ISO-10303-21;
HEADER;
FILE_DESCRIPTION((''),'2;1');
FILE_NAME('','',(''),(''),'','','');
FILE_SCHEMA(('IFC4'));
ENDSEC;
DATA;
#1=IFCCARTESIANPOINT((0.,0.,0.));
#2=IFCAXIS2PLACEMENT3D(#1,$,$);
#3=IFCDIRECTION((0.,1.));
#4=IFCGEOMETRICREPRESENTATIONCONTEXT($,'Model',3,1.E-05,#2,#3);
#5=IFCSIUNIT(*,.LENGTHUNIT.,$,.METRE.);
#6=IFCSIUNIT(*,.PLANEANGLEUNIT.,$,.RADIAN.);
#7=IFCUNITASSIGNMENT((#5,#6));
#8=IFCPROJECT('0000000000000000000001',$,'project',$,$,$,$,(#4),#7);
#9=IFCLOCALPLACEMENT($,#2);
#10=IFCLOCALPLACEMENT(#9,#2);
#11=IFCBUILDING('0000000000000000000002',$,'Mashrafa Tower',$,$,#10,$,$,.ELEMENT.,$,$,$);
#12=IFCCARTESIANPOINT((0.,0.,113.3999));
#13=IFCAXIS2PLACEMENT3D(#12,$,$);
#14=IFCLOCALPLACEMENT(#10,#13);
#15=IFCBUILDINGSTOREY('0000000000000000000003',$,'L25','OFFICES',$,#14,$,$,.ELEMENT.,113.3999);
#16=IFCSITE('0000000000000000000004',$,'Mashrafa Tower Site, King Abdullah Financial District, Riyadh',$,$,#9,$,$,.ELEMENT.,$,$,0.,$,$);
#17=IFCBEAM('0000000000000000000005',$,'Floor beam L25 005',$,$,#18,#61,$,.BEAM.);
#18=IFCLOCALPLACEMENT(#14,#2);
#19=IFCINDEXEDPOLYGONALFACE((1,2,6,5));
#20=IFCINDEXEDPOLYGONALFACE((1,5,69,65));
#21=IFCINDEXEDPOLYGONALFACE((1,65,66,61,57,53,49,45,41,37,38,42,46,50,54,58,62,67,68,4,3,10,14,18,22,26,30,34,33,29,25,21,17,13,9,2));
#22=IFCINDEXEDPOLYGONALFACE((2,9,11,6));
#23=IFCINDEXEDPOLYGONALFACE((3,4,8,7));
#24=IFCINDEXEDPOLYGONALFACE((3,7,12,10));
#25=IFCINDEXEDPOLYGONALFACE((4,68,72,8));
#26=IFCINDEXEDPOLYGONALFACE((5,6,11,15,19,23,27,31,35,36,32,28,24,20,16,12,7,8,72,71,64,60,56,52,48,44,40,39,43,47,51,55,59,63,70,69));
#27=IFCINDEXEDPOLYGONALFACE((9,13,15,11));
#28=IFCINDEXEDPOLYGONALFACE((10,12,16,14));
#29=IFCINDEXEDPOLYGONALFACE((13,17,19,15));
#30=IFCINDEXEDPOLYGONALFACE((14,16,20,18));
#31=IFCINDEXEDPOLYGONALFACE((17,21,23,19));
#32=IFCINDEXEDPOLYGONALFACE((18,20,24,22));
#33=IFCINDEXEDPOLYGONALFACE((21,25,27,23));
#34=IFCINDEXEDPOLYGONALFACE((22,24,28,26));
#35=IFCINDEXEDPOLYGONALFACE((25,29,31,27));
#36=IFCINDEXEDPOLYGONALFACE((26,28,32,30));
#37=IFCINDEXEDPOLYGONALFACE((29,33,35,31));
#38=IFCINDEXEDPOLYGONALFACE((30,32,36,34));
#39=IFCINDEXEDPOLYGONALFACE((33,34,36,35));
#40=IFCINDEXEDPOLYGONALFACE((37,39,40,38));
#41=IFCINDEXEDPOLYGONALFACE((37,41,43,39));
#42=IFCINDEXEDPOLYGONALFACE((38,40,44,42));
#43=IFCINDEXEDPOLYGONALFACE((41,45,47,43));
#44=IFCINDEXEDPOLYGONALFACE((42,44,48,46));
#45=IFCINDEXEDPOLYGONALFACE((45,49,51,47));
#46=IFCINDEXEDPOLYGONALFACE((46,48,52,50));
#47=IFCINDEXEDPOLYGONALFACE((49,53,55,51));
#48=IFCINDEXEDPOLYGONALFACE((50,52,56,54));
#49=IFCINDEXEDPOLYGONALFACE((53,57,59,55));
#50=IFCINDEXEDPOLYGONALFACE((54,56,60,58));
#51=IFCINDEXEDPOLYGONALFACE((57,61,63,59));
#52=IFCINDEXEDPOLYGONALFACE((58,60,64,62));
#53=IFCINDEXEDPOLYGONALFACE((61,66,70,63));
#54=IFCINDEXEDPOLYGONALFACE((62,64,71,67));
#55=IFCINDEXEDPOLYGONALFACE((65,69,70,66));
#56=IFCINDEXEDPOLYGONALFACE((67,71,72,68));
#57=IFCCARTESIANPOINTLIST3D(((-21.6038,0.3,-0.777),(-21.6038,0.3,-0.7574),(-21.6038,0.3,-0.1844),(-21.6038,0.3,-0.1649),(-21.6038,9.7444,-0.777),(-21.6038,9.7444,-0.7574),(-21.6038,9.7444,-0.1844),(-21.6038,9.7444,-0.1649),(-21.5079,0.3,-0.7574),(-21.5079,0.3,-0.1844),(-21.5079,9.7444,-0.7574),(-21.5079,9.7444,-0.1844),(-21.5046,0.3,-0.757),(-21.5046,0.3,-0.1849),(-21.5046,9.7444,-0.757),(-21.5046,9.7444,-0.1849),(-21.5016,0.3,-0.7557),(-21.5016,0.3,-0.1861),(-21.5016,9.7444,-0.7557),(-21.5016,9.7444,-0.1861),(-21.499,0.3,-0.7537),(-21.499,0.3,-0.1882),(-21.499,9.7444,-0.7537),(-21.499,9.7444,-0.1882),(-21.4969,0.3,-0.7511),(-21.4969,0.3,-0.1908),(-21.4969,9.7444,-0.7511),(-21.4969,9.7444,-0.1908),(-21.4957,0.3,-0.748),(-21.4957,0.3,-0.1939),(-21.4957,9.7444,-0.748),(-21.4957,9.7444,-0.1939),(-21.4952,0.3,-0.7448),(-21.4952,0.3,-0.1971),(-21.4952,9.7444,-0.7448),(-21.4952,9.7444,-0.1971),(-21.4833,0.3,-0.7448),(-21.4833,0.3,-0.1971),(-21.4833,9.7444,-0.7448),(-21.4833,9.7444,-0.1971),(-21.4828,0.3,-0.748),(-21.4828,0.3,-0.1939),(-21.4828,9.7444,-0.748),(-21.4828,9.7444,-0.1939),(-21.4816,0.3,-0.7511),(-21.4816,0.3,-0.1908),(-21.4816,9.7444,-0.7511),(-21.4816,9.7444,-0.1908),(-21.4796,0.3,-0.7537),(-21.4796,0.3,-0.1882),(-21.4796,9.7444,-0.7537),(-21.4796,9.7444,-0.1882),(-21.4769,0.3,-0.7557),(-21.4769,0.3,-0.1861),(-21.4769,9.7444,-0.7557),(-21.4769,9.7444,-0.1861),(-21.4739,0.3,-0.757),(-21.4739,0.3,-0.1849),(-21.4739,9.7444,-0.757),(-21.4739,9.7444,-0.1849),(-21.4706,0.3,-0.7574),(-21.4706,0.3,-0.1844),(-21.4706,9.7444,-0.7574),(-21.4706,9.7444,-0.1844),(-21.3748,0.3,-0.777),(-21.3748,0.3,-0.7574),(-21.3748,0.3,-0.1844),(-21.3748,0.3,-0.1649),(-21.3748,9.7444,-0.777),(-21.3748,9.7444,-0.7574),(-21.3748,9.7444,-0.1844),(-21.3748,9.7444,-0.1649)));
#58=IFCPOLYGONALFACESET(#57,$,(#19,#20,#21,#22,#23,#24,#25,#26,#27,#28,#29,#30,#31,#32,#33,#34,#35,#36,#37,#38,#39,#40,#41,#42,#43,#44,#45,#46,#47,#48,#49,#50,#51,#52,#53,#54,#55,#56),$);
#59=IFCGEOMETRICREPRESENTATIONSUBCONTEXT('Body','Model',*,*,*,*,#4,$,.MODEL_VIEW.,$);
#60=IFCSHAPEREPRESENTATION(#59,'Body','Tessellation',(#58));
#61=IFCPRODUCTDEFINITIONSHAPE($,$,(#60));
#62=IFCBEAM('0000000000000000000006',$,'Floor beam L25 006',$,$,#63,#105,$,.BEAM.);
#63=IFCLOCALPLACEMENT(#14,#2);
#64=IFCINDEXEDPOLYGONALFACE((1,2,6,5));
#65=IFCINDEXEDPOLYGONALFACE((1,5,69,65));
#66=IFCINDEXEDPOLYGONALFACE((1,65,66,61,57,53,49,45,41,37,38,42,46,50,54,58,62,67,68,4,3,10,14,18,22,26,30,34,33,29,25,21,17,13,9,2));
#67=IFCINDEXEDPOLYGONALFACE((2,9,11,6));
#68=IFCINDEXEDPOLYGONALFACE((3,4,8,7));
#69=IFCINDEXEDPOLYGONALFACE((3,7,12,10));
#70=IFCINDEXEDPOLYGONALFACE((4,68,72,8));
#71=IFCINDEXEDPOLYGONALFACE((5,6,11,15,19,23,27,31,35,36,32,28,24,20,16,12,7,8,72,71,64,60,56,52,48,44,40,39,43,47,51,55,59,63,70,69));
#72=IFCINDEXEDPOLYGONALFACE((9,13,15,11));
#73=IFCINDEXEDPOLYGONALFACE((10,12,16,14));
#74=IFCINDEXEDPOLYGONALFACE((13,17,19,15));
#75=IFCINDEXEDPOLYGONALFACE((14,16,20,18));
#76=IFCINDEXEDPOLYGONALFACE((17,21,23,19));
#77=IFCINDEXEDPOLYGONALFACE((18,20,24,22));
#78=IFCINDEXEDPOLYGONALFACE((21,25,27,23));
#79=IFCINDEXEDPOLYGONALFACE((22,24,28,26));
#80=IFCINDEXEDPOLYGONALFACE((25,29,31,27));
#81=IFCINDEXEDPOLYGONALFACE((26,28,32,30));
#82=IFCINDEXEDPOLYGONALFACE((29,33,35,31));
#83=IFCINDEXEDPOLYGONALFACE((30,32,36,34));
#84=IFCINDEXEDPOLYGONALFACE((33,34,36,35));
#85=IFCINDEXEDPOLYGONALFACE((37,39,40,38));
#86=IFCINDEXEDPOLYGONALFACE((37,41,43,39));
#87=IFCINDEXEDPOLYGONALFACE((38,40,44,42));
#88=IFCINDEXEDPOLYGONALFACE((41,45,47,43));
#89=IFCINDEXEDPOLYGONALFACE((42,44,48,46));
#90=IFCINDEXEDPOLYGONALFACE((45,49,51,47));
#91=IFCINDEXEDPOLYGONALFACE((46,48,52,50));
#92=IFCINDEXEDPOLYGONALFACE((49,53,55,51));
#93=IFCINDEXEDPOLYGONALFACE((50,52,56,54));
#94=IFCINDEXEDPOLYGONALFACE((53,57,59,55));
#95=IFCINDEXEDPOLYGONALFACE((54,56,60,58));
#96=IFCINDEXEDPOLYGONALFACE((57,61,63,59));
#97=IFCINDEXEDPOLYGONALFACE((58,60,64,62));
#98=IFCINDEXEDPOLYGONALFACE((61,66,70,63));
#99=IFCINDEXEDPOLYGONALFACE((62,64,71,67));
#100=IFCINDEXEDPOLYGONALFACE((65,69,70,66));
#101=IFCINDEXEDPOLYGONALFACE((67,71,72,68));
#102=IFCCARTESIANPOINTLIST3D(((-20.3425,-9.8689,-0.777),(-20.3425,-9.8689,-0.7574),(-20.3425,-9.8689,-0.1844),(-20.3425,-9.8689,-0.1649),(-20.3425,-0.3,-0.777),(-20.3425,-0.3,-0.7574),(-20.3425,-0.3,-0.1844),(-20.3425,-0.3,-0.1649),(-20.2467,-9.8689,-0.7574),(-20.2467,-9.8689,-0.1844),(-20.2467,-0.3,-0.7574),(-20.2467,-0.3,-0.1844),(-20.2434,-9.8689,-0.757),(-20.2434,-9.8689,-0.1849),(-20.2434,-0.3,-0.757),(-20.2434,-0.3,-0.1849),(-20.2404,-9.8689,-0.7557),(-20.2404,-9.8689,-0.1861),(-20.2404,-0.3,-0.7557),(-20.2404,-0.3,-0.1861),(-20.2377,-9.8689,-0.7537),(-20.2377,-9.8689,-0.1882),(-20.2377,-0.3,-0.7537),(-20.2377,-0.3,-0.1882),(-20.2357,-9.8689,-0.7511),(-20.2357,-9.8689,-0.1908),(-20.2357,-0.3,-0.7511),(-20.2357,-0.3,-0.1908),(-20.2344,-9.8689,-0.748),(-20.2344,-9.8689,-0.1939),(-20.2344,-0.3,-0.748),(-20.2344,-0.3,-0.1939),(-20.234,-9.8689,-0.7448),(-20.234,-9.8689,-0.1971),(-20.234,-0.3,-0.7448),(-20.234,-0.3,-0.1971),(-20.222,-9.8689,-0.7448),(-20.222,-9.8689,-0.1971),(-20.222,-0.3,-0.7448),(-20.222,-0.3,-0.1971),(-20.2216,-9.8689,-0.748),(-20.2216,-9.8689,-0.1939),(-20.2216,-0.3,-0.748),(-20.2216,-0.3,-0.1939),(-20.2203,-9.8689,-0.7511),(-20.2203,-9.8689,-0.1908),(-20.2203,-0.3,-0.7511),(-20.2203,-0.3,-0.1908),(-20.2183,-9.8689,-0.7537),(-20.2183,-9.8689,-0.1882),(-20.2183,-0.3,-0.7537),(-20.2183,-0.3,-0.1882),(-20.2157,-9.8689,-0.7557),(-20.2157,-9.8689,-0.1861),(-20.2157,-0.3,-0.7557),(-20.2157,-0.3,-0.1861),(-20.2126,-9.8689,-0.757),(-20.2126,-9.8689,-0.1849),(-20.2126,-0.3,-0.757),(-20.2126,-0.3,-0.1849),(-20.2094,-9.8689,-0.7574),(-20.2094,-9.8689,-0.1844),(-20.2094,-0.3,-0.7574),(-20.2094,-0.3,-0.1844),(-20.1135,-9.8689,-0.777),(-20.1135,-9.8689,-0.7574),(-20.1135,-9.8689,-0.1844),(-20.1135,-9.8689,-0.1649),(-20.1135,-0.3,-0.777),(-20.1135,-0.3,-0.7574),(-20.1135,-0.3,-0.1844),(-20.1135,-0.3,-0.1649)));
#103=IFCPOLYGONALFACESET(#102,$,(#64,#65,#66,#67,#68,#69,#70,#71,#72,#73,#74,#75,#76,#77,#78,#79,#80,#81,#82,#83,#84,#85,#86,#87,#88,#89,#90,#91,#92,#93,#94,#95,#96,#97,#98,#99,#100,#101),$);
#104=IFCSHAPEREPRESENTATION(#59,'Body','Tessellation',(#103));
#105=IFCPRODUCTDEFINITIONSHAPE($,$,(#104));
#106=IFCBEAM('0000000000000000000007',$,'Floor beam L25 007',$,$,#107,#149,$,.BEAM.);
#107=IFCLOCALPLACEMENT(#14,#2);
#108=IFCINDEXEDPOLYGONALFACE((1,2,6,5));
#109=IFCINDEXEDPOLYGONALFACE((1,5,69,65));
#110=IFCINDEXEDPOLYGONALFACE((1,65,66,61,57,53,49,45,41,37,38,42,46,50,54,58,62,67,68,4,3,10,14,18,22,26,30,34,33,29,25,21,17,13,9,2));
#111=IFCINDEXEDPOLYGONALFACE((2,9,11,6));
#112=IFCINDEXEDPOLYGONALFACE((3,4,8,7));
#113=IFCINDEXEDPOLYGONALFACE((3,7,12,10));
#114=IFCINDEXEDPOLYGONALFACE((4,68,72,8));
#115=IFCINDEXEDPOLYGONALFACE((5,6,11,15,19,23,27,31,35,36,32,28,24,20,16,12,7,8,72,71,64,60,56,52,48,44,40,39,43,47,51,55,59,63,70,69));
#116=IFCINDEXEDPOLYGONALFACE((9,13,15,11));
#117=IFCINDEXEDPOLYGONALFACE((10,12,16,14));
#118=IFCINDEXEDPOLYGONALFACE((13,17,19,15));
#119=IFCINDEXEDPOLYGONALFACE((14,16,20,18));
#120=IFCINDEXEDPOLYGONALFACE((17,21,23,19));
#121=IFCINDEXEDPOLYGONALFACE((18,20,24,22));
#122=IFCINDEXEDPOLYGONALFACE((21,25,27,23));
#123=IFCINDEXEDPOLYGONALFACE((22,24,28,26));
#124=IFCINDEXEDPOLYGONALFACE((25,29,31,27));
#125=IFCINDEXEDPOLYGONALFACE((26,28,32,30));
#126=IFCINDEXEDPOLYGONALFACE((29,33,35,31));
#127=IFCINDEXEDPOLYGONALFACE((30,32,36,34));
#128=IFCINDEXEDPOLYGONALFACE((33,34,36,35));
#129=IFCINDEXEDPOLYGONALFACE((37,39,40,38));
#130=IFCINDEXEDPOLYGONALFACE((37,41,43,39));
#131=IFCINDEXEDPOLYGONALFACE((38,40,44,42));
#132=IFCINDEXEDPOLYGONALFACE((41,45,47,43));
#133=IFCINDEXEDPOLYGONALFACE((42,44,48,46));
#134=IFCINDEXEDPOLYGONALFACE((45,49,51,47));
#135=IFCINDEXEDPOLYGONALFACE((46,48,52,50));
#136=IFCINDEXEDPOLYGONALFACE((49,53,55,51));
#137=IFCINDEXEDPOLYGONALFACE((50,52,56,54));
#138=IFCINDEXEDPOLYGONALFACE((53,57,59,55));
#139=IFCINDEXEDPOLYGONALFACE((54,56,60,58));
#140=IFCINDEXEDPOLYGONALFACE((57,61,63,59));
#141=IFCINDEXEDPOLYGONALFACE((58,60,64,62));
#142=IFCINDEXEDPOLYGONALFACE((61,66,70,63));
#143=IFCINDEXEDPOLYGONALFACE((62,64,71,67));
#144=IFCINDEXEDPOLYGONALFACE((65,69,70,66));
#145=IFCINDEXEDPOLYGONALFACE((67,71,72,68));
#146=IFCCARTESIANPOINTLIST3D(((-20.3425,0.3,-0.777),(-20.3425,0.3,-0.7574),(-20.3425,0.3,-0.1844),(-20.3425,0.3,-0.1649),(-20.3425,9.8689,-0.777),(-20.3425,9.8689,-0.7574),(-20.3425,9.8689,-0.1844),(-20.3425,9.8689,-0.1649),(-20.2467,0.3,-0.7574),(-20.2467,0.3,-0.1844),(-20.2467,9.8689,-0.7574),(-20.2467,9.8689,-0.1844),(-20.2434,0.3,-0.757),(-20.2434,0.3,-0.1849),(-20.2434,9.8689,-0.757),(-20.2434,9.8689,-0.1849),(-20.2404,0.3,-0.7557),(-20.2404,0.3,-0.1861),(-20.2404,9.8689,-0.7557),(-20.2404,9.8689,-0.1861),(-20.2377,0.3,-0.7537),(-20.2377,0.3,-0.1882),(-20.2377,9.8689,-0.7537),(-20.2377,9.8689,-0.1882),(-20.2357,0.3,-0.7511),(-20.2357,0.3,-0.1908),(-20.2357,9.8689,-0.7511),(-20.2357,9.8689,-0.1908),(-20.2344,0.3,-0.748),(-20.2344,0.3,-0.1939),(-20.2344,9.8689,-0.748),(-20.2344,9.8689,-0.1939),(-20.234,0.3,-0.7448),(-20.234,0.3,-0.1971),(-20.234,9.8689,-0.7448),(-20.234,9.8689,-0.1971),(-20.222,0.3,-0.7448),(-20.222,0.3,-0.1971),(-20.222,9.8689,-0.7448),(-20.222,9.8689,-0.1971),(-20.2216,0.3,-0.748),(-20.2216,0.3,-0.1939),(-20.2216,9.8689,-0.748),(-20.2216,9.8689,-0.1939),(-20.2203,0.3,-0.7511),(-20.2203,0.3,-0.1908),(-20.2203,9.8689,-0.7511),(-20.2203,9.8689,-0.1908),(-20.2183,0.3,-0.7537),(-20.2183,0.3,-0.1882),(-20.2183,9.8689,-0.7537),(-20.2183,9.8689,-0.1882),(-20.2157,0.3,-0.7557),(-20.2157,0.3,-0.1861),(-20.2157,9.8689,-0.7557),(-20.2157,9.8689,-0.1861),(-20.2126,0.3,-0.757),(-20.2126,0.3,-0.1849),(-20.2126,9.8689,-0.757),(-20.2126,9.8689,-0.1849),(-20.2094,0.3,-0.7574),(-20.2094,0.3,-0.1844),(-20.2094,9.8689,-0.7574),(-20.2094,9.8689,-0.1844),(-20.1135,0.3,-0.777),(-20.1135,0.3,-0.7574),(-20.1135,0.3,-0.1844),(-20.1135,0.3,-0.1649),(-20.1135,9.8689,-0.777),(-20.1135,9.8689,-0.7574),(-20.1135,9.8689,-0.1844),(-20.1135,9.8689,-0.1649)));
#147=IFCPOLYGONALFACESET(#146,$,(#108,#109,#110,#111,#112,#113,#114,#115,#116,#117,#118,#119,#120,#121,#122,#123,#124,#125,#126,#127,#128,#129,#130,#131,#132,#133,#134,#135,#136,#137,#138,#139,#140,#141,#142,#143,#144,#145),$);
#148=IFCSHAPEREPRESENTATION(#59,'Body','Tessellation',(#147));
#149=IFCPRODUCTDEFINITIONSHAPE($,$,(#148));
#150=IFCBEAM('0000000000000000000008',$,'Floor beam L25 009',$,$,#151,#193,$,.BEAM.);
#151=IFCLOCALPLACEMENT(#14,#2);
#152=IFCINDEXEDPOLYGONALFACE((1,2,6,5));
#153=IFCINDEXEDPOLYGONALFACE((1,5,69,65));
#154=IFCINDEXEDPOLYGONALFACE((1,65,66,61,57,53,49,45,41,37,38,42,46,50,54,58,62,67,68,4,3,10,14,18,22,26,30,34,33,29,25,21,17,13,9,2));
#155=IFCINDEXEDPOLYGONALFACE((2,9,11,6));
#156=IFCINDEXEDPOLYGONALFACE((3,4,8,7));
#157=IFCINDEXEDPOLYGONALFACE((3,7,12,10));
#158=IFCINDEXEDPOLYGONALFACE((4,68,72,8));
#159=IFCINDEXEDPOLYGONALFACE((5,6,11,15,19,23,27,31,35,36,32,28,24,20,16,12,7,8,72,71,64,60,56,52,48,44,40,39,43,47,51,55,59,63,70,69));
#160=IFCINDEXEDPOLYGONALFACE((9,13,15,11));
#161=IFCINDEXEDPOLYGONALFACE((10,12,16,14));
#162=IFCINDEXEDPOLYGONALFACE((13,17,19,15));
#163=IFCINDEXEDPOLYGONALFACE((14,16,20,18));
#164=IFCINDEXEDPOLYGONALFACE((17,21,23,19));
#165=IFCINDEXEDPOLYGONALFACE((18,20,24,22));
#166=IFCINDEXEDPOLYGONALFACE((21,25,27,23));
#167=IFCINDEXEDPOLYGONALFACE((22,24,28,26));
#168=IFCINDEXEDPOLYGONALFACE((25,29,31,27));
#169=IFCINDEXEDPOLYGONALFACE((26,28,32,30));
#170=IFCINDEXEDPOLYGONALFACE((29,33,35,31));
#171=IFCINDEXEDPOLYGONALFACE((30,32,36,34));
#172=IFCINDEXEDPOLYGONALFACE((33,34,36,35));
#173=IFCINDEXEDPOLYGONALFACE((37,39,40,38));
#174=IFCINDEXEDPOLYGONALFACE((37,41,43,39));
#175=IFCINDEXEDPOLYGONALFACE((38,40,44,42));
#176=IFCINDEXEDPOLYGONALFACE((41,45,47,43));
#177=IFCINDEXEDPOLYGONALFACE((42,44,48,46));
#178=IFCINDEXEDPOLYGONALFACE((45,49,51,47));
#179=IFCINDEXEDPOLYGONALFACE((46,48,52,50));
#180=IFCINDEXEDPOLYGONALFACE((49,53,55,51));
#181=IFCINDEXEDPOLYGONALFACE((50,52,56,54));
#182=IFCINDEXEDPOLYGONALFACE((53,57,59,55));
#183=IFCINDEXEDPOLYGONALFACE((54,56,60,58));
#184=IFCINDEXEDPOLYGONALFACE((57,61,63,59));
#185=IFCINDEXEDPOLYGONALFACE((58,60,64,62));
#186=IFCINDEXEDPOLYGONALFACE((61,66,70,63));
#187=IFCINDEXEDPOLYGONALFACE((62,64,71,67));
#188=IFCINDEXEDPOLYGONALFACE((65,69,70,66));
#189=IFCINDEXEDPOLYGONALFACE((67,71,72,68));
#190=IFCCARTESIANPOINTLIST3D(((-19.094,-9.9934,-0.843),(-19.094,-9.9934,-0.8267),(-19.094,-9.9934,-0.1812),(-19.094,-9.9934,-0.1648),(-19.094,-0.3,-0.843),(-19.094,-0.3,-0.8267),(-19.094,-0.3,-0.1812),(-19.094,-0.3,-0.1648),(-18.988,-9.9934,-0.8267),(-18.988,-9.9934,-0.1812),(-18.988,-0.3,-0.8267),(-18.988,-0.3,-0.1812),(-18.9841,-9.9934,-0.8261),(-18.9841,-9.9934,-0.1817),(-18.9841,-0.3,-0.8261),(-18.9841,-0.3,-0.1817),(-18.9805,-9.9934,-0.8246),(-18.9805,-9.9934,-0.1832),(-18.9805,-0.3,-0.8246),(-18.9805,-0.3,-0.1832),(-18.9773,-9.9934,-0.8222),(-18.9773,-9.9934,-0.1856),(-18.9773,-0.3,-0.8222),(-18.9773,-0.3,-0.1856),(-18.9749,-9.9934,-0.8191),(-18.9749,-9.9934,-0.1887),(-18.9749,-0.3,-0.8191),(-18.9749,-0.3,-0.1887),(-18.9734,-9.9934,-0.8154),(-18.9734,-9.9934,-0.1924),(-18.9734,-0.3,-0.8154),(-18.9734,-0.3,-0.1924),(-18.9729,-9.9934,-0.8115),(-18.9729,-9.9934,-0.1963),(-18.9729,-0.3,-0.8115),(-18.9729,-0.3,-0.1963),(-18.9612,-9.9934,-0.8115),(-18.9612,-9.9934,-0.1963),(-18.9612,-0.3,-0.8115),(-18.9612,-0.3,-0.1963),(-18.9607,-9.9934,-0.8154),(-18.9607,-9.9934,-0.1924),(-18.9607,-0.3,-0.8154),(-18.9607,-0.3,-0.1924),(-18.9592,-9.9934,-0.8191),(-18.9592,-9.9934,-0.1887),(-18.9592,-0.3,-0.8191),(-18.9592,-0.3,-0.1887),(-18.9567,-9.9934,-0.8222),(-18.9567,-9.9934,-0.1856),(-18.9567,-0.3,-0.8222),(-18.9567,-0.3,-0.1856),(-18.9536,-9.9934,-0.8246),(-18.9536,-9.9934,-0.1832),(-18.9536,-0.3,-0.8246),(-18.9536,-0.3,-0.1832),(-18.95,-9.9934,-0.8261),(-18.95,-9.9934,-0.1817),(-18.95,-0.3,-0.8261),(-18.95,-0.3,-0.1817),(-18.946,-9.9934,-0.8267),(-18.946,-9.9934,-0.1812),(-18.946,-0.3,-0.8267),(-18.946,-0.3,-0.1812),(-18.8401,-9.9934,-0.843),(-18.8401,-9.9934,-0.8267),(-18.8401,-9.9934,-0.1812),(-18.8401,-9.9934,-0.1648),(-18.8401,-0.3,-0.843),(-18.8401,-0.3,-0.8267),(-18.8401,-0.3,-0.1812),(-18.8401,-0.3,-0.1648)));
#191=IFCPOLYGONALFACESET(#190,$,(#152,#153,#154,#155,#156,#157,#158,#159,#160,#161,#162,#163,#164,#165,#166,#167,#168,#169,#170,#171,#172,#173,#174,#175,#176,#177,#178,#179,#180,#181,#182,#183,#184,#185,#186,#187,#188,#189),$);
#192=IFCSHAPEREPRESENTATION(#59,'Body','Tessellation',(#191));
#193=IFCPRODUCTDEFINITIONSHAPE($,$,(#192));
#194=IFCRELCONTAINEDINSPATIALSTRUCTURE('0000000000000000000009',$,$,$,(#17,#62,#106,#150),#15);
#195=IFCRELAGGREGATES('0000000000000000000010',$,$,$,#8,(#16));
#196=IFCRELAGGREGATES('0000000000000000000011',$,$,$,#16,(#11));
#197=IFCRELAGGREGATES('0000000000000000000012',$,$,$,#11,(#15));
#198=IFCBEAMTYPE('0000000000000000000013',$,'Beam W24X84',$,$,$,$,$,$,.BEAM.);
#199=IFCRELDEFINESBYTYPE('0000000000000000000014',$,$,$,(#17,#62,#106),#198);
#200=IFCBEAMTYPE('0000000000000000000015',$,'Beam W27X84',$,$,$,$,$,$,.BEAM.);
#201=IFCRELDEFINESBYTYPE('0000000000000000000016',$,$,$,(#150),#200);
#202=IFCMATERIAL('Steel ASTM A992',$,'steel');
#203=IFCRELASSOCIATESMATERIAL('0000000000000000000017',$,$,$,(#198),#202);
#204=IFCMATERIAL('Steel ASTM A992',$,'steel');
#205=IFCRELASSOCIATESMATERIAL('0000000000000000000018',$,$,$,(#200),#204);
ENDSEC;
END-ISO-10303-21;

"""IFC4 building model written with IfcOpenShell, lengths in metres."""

from ifc_helpers import new_model, si_unit, direction, frame, origin, origin_2d, place, context, subcontext, project, spatial, i_section, extrude, material, material_profile, profile_set, type_object, element, save


model = new_model("IFC4")

# Units and contexts
model_context = context("Model", 3, precision=1e-05, world=origin(), true_north=direction((0.0, 1.0)))
body_context = subcontext(model_context, "Body", "Model", "MODEL_VIEW")
ifc_project = project(units=[si_unit("LENGTHUNIT", "METRE"), si_unit("PLANEANGLEUNIT", "RADIAN")], contexts=[model_context])

# Site, building, storey
site_placement = place(None, origin())
site = spatial("IfcSite", under=ifc_project, at=site_placement, Name="Mashrafa Tower Site, King Abdullah Financial District, Riyadh", CompositionType="ELEMENT", RefElevation=0.0)
building_placement = place(site_placement, origin())
building = spatial("IfcBuilding", under=site, at=building_placement, Name="Mashrafa Tower", CompositionType="ELEMENT")
storey_placement = place(building_placement, frame((0.0, 0.0, 113.3999)))
storey = spatial("IfcBuildingStorey", under=building, at=storey_placement, Name="L25", Description="OFFICES", CompositionType="ELEMENT", Elevation=113.3999)

# Beams
ifc_material_1 = material(Name="Steel ASTM A992", Category="steel")
ifc_material_profile_1 = material_profile(ifc_material_1, i_section(OverallWidth=0.229, OverallDepth=0.6121, WebThickness=0.012, FlangeThickness=0.0195, FilletRadius=0.0127, at=origin_2d()), Name="W24X84")
ifc_profile_set_1 = profile_set([ifc_material_profile_1], Name="Steel ASTM A992")
beam_type_1 = type_object("IfcBeamType", Name="Beam W24X84", PredefinedType="BEAM", material=ifc_profile_set_1)
for number, where, z_axis, x_axis, name in (
    (1, (-21.4893, 0.3, -0.4709), (0.0, 1.0, 0.0), (-1.0, 0.0, 0.0), "Floor beam L25 005"),
):
    element("IfcBeam", number, at=place(storey_placement, frame(where, z_axis=z_axis, x_axis=x_axis)), inside=storey, type_object=beam_type_1, Name=name, PredefinedType="BEAM", context=body_context, shape_type="SweptSolid", body=[
        extrude(i_section(OverallWidth=0.229, OverallDepth=0.6121, WebThickness=0.012, FlangeThickness=0.0195, FilletRadius=0.0127, at=origin_2d()), origin(), (0.0, 0.0, 1.0), 9.4443),
    ])
for number, where, z_axis, x_axis, name in (
    (2, (-20.228, -9.8689, -0.4709), (0.0, 1.0, 0.0), (-1.0, 0.0, 0.0), "Floor beam L25 006"),
    (3, (-20.228, 0.3, -0.4709), (0.0, 1.0, 0.0), (-1.0, 0.0, 0.0), "Floor beam L25 007"),
):
    element("IfcBeam", number, at=place(storey_placement, frame(where, z_axis=z_axis, x_axis=x_axis)), inside=storey, type_object=beam_type_1, Name=name, PredefinedType="BEAM", context=body_context, shape_type="SweptSolid", body=[
        extrude(i_section(OverallWidth=0.229, OverallDepth=0.6121, WebThickness=0.012, FlangeThickness=0.0195, FilletRadius=0.0127, at=origin_2d()), origin(), (0.0, 0.0, 1.0), 9.5688),
    ])
ifc_material_2 = material(Name="Steel ASTM A992", Category="steel")
ifc_material_profile_2 = material_profile(ifc_material_2, i_section(OverallWidth=0.2539, OverallDepth=0.6782, WebThickness=0.0117, FlangeThickness=0.0164, FilletRadius=0.0151, at=origin_2d()), Name="W27X84")
ifc_profile_set_2 = profile_set([ifc_material_profile_2], Name="Steel ASTM A992")
beam_type_2 = type_object("IfcBeamType", Name="Beam W27X84", PredefinedType="BEAM", material=ifc_profile_set_2)
beam_placement = place(storey_placement, frame((-18.967, -9.9934, -0.5039), z_axis=(0.0, 1.0, 0.0), x_axis=(-1.0, 0.0, 0.0)))
element("IfcBeam", 4, at=beam_placement, inside=storey, type_object=beam_type_2, Name="Floor beam L25 009", PredefinedType="BEAM", context=body_context, shape_type="SweptSolid", body=[
    extrude(i_section(OverallWidth=0.2539, OverallDepth=0.6782, WebThickness=0.0117, FlangeThickness=0.0164, FilletRadius=0.0151, at=origin_2d()), origin(), (0.0, 0.0, 1.0), 9.6934),
])

save(model, "model.ifc")
